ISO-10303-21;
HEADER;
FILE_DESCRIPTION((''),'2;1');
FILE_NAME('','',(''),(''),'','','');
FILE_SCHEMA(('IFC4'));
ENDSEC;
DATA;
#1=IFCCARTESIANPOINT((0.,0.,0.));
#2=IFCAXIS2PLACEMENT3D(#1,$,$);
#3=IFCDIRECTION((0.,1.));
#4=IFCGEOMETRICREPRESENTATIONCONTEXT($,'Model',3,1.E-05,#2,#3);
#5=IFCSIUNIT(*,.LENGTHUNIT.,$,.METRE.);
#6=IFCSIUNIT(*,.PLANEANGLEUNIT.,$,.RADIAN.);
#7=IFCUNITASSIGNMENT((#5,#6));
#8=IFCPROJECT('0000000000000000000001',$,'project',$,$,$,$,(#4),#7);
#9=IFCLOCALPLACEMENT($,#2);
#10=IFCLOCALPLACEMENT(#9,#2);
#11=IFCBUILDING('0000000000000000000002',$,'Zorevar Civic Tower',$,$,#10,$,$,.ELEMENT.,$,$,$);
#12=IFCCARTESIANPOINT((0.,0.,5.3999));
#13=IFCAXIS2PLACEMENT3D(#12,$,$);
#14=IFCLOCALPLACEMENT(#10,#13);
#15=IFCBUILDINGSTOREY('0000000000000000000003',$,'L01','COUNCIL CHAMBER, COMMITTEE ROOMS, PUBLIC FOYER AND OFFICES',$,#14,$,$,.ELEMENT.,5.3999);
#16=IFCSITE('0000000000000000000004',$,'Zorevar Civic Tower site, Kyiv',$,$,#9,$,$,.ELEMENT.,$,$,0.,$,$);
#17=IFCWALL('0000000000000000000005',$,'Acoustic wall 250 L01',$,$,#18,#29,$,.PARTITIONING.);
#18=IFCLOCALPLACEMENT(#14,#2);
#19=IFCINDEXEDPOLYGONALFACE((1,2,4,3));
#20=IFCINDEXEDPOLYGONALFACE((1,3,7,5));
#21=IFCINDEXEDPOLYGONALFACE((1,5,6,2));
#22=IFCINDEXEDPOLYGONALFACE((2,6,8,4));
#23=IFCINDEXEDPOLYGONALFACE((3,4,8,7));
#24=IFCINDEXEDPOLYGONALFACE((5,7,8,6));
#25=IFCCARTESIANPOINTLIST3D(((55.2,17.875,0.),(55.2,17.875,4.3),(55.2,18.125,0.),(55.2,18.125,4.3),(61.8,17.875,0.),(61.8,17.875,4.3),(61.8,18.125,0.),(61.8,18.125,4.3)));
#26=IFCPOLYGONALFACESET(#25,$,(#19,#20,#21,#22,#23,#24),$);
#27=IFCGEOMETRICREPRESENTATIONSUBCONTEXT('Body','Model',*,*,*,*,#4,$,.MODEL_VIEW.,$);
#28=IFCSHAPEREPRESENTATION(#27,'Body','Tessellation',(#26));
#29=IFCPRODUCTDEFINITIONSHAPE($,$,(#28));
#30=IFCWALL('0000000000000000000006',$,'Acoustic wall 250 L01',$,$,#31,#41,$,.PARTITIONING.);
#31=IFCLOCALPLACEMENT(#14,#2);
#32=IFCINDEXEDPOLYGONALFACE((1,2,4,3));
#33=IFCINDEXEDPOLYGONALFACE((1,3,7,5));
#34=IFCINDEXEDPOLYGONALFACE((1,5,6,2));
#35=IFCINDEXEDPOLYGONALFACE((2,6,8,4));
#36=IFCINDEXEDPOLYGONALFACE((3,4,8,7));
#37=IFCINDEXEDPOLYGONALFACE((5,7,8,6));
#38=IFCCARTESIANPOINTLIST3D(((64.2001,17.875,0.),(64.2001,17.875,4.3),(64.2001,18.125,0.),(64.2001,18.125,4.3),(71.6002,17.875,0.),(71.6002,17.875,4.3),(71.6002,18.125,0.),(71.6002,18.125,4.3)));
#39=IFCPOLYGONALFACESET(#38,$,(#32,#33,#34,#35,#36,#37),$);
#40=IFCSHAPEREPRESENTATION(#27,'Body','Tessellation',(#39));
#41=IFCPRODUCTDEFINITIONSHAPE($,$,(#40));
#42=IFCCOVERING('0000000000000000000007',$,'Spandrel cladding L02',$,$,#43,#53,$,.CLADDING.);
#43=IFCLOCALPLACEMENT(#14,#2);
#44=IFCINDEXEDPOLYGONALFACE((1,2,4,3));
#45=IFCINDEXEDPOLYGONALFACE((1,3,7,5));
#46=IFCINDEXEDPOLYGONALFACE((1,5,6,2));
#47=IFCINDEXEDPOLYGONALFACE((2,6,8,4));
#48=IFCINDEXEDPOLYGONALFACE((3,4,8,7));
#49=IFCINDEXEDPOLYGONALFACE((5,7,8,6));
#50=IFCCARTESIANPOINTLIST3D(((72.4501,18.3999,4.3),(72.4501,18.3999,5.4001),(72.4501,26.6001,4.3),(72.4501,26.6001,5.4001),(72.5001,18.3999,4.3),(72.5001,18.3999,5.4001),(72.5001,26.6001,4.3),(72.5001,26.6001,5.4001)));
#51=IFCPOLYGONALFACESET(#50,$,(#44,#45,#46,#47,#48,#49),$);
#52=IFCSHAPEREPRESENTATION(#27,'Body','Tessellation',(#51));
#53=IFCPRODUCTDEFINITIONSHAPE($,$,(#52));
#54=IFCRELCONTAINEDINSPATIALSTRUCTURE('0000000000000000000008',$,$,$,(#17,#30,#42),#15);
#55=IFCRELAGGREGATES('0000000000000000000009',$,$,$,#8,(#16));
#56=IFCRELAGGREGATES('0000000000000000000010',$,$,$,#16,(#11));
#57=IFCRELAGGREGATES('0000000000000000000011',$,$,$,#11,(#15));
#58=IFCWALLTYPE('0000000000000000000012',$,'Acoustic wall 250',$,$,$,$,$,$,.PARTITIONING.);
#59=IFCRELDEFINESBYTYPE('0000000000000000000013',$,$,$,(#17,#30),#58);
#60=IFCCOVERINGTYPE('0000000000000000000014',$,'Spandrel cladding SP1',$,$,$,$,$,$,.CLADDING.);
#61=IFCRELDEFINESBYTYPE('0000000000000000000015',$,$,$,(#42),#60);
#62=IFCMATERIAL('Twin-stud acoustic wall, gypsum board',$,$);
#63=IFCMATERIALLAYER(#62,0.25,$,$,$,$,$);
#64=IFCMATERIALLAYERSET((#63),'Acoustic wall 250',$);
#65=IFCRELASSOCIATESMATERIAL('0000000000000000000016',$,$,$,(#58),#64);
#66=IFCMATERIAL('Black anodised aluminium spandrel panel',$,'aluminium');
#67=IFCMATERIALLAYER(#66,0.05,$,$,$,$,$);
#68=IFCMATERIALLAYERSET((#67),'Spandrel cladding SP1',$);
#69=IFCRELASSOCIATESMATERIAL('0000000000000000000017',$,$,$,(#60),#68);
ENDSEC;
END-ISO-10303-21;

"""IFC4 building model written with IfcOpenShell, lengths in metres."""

from ifc_helpers import new_model, si_unit, direction, frame, frame_2d, origin, place, context, subcontext, project, spatial, rectangle, extrude, material, layer, layer_set, type_object, element, save


model = new_model("IFC4")

# Units and contexts
model_context = context("Model", 3, precision=1e-05, world=origin(), true_north=direction((0.0, 1.0)))
body_context = subcontext(model_context, "Body", "Model", "MODEL_VIEW")
ifc_project = project(units=[si_unit("LENGTHUNIT", "METRE"), si_unit("PLANEANGLEUNIT", "RADIAN")], contexts=[model_context])

# Site, building, storey
site_placement = place(None, origin())
site = spatial("IfcSite", under=ifc_project, at=site_placement, Name="Zorevar Civic Tower site, Kyiv", CompositionType="ELEMENT", RefElevation=0.0)
building_placement = place(site_placement, origin())
building = spatial("IfcBuilding", under=site, at=building_placement, Name="Zorevar Civic Tower", CompositionType="ELEMENT")
storey_placement = place(building_placement, frame((0.0, 0.0, 5.3999)))
storey = spatial("IfcBuildingStorey", under=building, at=storey_placement, Name="L01", Description="COUNCIL CHAMBER, COMMITTEE ROOMS, PUBLIC FOYER AND OFFICES", CompositionType="ELEMENT", Elevation=5.3999)

# Walls
ifc_material_1 = material(Name="Twin-stud acoustic wall, gypsum board")
ifc_layer_1 = layer(ifc_material_1, 0.25)
ifc_layer_set_1 = layer_set([ifc_layer_1], Name="Acoustic wall 250")
wall_type = type_object("IfcWallType", Name="Acoustic wall 250", PredefinedType="PARTITIONING", material=ifc_layer_set_1)
for number, where, z_axis, x_axis, name in (
    (1, (55.2, 18.0, 0.0), (0.0, 0.0, 1.0), (1.0, 0.0, 0.0), "Acoustic wall 250 L01"),
):
    element("IfcWall", number, at=place(storey_placement, frame(where, z_axis=z_axis, x_axis=x_axis)), inside=storey, type_object=wall_type, Name=name, PredefinedType="PARTITIONING", context=body_context, shape_type="SweptSolid", body=[
        extrude(rectangle(XDim=6.6001, YDim=0.25, at=frame_2d((3.3, 0.0))), origin(), (0.0, 0.0, 1.0), 4.3),
    ])
wall_placement = place(storey_placement, frame((64.2, 18.0, 0.0), z_axis=(0.0, 0.0, 1.0), x_axis=(1.0, 0.0, 0.0)))
element("IfcWall", 2, at=wall_placement, inside=storey, type_object=wall_type, Name="Acoustic wall 250 L01", PredefinedType="PARTITIONING", context=body_context, shape_type="SweptSolid", body=[
    extrude(rectangle(XDim=7.4001, YDim=0.25, at=frame_2d((3.7002, 0.0))), origin(), (0.0, 0.0, 1.0), 4.3),
])

# Covering
ifc_material_2 = material(Name="Black anodised aluminium spandrel panel", Category="aluminium")
ifc_layer_2 = layer(ifc_material_2, 0.05)
ifc_layer_set_2 = layer_set([ifc_layer_2], Name="Spandrel cladding SP1")
covering_type = type_object("IfcCoveringType", Name="Spandrel cladding SP1", PredefinedType="CLADDING", material=ifc_layer_set_2)
covering_placement = place(storey_placement, frame((72.4751, 18.3999, 4.3), z_axis=(0.0, 0.0, 1.0), x_axis=(0.0, 1.0, 0.0)))
element("IfcCovering", 3, at=covering_placement, inside=storey, type_object=covering_type, Name="Spandrel cladding L02", PredefinedType="CLADDING", context=body_context, shape_type="SweptSolid", body=[
    extrude(rectangle(XDim=8.2002, YDim=0.05, at=frame_2d((4.1001, 0.0))), origin(), (0.0, 0.0, 1.0), 1.1001),
])

save(model, "model.ifc")
